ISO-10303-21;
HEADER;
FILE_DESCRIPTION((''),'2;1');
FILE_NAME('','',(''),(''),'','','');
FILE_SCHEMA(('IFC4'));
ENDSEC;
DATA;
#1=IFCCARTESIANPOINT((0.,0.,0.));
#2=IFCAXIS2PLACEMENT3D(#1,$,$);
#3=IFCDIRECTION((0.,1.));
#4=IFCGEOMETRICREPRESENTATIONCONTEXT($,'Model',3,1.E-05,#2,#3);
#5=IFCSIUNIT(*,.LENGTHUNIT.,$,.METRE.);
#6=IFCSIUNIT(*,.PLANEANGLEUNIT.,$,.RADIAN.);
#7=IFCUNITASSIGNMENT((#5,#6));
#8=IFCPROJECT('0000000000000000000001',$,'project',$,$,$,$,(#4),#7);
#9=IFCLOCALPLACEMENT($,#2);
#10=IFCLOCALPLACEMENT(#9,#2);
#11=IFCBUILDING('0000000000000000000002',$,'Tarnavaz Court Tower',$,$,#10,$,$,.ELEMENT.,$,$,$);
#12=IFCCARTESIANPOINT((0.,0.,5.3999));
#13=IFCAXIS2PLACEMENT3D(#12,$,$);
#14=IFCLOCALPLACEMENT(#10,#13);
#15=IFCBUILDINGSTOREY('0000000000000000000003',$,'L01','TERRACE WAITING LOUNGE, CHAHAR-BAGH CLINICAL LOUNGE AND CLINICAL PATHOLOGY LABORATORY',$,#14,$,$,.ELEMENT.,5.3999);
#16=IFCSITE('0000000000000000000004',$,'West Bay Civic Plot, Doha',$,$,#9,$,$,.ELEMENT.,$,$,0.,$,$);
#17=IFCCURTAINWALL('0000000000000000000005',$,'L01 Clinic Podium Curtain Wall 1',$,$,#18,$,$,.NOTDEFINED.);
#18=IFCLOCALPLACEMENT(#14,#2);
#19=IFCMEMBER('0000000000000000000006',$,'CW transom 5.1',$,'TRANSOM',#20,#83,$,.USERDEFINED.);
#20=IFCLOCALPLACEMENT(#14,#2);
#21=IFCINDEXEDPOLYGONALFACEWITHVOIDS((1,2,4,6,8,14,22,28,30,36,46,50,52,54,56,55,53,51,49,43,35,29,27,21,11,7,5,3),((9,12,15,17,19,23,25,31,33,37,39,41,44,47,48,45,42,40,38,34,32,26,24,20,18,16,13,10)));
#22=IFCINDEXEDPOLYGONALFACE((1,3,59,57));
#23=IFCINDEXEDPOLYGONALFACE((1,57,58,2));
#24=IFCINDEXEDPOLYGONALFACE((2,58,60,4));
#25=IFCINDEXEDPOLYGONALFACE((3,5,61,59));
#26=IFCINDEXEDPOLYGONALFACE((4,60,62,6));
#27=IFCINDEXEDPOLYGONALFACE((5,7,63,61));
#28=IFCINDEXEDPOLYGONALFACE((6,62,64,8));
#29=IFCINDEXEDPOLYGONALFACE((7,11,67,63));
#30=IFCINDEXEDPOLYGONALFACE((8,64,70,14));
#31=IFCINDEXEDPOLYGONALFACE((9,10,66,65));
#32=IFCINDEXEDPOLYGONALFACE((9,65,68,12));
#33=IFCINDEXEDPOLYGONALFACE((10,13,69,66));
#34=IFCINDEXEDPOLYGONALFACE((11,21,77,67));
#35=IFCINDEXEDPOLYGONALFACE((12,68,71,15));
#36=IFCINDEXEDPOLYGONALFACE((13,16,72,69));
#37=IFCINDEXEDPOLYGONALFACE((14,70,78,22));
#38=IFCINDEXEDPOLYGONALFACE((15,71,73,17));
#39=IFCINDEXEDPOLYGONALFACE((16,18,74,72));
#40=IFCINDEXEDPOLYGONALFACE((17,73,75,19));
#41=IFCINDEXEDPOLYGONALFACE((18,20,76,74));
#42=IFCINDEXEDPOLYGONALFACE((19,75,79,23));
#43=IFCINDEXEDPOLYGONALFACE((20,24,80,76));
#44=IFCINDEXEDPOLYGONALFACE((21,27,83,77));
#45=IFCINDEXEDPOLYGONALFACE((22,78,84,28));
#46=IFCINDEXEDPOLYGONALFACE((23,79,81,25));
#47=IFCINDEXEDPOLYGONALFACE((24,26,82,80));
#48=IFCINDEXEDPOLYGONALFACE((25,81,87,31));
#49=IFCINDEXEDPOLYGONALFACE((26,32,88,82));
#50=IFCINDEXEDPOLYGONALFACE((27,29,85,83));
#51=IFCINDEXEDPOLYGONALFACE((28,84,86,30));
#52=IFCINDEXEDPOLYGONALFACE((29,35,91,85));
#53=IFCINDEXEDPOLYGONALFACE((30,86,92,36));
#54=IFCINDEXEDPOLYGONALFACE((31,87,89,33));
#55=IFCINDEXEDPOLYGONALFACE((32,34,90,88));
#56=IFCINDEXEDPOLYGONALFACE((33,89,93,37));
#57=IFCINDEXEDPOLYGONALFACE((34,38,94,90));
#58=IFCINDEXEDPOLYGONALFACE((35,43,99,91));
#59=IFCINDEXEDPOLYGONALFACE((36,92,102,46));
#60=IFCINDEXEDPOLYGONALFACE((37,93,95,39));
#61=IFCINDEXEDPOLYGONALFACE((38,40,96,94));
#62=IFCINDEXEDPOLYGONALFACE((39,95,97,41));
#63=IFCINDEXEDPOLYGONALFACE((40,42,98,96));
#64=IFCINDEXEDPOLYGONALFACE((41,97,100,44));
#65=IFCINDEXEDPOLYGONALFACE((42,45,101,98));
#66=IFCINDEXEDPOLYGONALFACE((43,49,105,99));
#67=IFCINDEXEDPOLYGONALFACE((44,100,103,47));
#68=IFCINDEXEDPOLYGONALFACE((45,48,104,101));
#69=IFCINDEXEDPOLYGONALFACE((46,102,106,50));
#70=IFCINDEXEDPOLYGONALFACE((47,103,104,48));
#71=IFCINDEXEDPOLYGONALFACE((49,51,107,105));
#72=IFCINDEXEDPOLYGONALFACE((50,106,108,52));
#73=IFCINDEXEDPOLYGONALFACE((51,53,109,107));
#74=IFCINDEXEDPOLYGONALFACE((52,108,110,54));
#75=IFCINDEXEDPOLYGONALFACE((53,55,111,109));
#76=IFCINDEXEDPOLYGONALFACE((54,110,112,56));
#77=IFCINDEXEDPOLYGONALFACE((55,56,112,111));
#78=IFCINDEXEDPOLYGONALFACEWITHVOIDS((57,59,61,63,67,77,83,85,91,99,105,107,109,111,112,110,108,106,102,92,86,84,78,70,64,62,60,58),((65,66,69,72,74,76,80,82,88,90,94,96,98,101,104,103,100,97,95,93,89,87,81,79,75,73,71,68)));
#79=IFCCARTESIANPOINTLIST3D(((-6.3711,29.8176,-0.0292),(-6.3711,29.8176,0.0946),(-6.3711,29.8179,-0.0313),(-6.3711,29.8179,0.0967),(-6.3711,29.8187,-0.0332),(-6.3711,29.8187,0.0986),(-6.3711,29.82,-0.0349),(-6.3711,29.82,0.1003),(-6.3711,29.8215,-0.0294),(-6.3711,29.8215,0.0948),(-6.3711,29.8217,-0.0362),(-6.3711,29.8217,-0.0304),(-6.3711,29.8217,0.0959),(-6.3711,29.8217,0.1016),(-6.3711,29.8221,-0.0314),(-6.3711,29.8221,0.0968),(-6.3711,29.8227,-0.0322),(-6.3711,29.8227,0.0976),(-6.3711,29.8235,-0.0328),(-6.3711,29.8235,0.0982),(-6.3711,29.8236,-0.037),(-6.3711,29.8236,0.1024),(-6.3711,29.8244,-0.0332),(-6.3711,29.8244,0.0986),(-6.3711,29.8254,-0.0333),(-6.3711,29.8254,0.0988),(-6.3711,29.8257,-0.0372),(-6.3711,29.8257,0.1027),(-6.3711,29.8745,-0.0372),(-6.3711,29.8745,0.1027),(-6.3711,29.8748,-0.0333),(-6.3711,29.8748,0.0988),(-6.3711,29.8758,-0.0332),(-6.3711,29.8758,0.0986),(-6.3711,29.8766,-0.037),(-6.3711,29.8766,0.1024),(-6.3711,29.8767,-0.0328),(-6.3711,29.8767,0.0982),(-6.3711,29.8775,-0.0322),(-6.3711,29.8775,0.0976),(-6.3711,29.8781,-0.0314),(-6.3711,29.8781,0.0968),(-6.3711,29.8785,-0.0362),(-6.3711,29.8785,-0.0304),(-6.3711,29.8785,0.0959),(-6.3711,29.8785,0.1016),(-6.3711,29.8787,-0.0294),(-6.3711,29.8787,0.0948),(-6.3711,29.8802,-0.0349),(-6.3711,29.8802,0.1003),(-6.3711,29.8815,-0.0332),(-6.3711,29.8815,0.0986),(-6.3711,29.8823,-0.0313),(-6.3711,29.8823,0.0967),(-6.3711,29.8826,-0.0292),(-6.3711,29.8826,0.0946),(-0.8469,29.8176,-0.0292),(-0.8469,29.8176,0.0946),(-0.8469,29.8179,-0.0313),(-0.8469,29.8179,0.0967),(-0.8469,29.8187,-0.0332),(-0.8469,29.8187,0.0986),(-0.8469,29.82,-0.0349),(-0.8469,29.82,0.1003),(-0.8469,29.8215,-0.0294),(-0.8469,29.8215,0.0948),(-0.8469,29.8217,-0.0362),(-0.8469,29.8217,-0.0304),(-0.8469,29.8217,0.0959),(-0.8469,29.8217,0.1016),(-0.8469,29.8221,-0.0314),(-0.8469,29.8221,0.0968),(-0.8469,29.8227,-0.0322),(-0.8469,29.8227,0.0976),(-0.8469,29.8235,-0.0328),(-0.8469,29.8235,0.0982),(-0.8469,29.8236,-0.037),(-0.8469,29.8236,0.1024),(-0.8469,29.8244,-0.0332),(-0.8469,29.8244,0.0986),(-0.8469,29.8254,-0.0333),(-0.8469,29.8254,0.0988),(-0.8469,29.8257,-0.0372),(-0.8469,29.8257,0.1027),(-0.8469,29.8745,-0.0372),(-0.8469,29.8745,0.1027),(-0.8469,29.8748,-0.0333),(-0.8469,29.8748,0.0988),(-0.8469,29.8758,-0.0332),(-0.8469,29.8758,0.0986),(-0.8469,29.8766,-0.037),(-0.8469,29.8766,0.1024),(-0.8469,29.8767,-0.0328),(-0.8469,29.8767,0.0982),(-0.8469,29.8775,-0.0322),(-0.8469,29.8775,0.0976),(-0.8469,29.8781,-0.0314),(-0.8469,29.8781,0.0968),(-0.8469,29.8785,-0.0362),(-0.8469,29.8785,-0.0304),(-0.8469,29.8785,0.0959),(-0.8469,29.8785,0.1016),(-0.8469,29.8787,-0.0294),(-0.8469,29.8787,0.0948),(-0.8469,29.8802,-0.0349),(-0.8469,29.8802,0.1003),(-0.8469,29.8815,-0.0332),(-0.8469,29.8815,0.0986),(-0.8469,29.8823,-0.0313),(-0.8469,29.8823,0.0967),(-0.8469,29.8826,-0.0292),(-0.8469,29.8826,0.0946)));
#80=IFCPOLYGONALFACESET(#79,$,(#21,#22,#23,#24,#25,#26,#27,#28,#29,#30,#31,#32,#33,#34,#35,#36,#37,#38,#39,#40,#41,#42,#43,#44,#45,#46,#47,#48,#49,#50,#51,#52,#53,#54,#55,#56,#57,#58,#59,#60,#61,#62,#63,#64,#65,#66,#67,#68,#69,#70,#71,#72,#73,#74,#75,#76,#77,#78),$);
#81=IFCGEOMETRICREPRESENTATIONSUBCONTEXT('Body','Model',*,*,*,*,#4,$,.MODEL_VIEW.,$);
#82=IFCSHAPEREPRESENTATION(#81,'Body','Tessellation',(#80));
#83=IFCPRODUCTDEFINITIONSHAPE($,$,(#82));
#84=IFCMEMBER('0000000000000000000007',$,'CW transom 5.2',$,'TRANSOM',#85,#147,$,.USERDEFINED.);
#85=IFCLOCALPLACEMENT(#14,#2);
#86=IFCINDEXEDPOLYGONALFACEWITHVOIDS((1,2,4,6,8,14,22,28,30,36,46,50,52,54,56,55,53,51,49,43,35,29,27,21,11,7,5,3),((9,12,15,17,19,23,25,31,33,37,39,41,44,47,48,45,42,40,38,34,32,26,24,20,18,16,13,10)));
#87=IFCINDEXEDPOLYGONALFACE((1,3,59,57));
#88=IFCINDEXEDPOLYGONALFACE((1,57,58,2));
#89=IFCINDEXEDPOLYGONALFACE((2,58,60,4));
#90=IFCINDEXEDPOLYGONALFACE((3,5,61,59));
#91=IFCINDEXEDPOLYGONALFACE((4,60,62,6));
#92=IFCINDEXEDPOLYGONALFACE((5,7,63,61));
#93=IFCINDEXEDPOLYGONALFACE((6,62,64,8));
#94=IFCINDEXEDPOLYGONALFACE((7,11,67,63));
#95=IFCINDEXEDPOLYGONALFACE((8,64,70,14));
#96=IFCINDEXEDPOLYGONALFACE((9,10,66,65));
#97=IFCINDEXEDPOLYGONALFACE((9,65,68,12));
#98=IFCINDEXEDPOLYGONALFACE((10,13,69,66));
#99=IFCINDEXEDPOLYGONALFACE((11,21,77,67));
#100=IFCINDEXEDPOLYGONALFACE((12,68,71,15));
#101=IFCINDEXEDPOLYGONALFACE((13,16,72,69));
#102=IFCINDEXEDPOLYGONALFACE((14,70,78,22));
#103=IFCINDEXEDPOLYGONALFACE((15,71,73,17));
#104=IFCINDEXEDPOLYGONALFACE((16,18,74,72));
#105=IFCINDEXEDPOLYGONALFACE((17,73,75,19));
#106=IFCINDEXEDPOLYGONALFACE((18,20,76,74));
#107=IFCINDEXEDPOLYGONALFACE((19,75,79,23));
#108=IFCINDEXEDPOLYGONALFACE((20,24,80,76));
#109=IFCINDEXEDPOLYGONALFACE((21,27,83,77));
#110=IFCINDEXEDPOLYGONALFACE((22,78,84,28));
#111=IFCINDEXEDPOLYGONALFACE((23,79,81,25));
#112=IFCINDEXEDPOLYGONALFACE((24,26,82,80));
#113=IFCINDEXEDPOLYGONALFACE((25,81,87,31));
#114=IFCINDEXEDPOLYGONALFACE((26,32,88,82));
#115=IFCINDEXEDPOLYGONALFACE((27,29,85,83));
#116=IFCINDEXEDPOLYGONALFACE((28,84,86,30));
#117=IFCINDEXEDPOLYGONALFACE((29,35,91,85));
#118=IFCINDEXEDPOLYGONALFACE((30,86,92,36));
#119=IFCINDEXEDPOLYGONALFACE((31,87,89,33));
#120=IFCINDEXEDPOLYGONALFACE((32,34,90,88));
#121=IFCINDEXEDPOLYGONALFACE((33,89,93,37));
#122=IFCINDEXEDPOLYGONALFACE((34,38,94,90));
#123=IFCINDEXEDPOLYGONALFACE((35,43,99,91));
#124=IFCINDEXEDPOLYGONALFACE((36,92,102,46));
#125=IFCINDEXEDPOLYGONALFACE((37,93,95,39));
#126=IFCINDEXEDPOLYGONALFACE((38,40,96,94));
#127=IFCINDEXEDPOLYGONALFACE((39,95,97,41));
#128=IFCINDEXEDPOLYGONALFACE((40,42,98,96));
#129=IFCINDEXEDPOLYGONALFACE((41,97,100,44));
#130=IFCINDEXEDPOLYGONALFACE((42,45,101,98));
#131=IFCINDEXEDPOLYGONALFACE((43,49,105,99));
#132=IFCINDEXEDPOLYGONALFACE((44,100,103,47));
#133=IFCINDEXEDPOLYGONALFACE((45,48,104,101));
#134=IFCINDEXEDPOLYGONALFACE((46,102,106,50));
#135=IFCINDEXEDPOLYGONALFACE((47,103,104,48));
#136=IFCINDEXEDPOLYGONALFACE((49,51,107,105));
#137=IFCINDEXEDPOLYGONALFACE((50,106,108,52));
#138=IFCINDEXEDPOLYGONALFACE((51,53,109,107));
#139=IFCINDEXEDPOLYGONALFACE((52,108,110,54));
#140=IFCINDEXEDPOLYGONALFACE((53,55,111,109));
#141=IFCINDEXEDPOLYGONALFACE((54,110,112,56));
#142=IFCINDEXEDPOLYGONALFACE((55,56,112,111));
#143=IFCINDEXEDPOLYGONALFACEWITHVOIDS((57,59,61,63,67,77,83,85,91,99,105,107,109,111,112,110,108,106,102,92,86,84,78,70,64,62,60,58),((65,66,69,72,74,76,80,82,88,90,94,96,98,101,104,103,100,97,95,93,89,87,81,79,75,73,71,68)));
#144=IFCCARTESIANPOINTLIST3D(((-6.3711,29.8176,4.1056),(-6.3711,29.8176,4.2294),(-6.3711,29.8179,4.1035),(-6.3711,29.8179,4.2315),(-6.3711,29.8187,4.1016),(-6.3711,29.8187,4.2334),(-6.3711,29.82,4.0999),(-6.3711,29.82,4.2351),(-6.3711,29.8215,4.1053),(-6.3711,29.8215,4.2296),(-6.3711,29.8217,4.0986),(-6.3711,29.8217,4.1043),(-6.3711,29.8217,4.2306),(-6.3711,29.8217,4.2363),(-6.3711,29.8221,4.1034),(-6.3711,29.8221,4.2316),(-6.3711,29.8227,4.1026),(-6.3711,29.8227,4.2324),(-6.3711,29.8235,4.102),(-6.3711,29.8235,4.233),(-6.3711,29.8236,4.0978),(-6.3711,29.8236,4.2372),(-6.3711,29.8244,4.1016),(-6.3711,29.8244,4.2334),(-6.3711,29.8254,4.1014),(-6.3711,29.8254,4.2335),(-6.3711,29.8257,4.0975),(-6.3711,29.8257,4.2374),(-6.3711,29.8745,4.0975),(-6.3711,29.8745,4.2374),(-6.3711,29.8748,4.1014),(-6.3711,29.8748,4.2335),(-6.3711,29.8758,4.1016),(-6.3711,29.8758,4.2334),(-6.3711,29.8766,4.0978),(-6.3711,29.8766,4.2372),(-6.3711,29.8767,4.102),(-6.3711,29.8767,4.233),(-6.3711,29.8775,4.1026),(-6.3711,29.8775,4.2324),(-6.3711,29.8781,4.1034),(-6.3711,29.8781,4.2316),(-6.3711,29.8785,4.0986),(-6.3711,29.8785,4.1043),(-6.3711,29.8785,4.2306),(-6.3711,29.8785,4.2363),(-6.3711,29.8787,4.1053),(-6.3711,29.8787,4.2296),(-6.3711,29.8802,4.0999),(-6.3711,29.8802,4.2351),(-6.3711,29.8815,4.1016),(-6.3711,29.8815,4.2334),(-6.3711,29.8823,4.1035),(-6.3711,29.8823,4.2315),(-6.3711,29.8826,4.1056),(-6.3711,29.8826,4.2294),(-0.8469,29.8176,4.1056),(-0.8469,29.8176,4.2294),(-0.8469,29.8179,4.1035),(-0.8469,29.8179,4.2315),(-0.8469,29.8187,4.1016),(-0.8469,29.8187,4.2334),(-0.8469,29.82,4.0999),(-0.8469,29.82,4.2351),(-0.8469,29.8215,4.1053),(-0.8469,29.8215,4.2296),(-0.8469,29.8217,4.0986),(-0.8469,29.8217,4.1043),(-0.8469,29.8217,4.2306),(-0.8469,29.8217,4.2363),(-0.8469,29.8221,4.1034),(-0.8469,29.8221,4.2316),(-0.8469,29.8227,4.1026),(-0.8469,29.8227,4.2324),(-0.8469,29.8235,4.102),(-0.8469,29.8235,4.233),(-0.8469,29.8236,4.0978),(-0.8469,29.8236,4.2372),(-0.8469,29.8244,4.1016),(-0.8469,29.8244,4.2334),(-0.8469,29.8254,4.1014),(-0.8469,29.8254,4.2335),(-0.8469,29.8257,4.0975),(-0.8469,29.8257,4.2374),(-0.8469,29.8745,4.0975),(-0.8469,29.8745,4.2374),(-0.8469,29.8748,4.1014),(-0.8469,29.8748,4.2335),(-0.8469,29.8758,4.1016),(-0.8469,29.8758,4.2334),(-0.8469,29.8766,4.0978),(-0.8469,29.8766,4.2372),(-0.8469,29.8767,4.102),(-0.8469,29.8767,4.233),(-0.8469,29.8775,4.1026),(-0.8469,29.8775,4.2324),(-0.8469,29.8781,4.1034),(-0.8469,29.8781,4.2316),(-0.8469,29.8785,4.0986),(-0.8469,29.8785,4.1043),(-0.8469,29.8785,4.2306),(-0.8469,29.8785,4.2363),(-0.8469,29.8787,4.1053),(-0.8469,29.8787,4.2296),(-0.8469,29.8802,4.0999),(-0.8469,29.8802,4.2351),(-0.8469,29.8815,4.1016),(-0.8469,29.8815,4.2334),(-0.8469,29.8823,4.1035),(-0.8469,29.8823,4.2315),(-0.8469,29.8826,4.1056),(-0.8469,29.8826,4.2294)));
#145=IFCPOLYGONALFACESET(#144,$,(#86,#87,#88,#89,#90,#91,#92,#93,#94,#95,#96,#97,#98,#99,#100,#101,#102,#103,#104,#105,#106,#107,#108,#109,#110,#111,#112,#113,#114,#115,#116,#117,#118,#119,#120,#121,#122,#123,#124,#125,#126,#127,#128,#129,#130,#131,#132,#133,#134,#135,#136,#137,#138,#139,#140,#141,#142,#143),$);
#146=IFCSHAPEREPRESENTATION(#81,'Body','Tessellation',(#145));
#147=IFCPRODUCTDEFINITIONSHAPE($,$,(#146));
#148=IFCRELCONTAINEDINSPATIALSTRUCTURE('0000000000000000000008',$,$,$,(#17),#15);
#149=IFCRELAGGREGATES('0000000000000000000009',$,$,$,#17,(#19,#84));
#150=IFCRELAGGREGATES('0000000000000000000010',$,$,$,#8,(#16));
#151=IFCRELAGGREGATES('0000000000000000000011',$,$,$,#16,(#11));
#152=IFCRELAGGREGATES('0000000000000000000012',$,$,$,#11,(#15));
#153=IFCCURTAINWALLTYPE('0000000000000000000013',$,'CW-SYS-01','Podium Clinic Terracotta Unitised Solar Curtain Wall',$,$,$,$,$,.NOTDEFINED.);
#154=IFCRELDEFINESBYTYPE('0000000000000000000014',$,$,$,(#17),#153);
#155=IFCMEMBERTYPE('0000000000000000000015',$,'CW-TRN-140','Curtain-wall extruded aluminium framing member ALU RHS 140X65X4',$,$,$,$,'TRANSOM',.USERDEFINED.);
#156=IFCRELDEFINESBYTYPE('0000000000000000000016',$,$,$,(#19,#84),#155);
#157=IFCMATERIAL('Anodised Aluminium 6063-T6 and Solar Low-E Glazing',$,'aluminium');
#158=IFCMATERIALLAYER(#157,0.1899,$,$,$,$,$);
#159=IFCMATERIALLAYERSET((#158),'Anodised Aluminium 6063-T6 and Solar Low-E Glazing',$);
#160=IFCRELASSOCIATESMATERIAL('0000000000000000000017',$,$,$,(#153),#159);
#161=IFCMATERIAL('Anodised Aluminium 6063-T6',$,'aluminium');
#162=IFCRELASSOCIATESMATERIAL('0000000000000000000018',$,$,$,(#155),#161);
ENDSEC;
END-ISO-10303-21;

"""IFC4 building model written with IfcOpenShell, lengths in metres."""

from ifc_helpers import new_model, si_unit, direction, frame, origin, origin_2d, place, context, subcontext, project, spatial, hollow_rectangle, extrude, material, layer, layer_set, material_profile, profile_set, type_object, element, aggregate, save


model = new_model("IFC4")

# Units and contexts
model_context = context("Model", 3, precision=1e-05, world=origin(), true_north=direction((0.0, 1.0)))
body_context = subcontext(model_context, "Body", "Model", "MODEL_VIEW")
ifc_project = project(units=[si_unit("LENGTHUNIT", "METRE"), si_unit("PLANEANGLEUNIT", "RADIAN")], contexts=[model_context])

# Site, building, storey
site_placement = place(None, origin())
site = spatial("IfcSite", under=ifc_project, at=site_placement, Name="West Bay Civic Plot, Doha", CompositionType="ELEMENT", RefElevation=0.0)
building_placement = place(site_placement, origin())
building = spatial("IfcBuilding", under=site, at=building_placement, Name="Tarnavaz Court Tower", CompositionType="ELEMENT")
storey_placement = place(building_placement, frame((0.0, 0.0, 5.3999)))
storey = spatial("IfcBuildingStorey", under=building, at=storey_placement, Name="L01", Description="TERRACE WAITING LOUNGE, CHAHAR-BAGH CLINICAL LOUNGE AND CLINICAL PATHOLOGY LABORATORY", CompositionType="ELEMENT", Elevation=5.3999)

# Curtain wall, members
ifc_material_1 = material(Name="Anodised Aluminium 6063-T6 and Solar Low-E Glazing", Category="aluminium")
ifc_layer_1 = layer(ifc_material_1, 0.1899)
ifc_layer_set_1 = layer_set([ifc_layer_1], Name="Anodised Aluminium 6063-T6 and Solar Low-E Glazing")
curtain_wall_type = type_object("IfcCurtainWallType", Name="CW-SYS-01", Description="Podium Clinic Terracotta Unitised Solar Curtain Wall", PredefinedType="NOTDEFINED", material=ifc_layer_set_1)
curtain_wall_placement = place(storey_placement, origin())
curtain_wall = element("IfcCurtainWall", 1, at=curtain_wall_placement, inside=storey, type_object=curtain_wall_type, Name="L01 Clinic Podium Curtain Wall 1", PredefinedType="NOTDEFINED")
ifc_material_2 = material(Name="Anodised Aluminium 6063-T6", Category="aluminium")
ifc_material_profile_1 = material_profile(ifc_material_2, hollow_rectangle(XDim=0.0649, YDim=0.1399, WallThickness=0.0039, InnerFilletRadius=0.0039, OuterFilletRadius=0.0081, at=origin_2d()), Name="ALU RHS 140X65X4")
ifc_profile_set_1 = profile_set([ifc_material_profile_1], Name="Anodised Aluminium 6063-T6")
member_type_1 = type_object("IfcMemberType", Name="CW-TRN-140", Description="Curtain-wall extruded aluminium framing member ALU RHS 140X65X4", ElementType="TRANSOM", PredefinedType="USERDEFINED", material=ifc_profile_set_1)
member_1_placement = place(storey_placement, frame((-6.3711, 29.8501, 0.0327), z_axis=(1.0, 0.0, 0.0), x_axis=(0.0, 1.0, 0.0)))
member_1 = element("IfcMember", 2, at=member_1_placement, type_object=member_type_1, Name="CW transom 5.1", ObjectType="TRANSOM", PredefinedType="USERDEFINED", context=body_context, shape_type="SweptSolid", body=[
    extrude(hollow_rectangle(XDim=0.0649, YDim=0.1399, WallThickness=0.0039, InnerFilletRadius=0.0039, OuterFilletRadius=0.0081, at=origin_2d()), origin(), (0.0, 0.0, 1.0), 5.5242),
])
member_2_placement = place(storey_placement, frame((-6.3711, 29.8501, 4.1675), z_axis=(1.0, 0.0, 0.0), x_axis=(0.0, 1.0, 0.0)))
member_2 = element("IfcMember", 3, at=member_2_placement, type_object=member_type_1, Name="CW transom 5.2", ObjectType="TRANSOM", PredefinedType="USERDEFINED", context=body_context, shape_type="SweptSolid", body=[
    extrude(hollow_rectangle(XDim=0.0649, YDim=0.1399, WallThickness=0.0039, InnerFilletRadius=0.0039, OuterFilletRadius=0.0081, at=origin_2d()), origin(), (0.0, 0.0, 1.0), 5.5242),
])
aggregate(curtain_wall, [member_1, member_2])

save(model, "model.ifc")
